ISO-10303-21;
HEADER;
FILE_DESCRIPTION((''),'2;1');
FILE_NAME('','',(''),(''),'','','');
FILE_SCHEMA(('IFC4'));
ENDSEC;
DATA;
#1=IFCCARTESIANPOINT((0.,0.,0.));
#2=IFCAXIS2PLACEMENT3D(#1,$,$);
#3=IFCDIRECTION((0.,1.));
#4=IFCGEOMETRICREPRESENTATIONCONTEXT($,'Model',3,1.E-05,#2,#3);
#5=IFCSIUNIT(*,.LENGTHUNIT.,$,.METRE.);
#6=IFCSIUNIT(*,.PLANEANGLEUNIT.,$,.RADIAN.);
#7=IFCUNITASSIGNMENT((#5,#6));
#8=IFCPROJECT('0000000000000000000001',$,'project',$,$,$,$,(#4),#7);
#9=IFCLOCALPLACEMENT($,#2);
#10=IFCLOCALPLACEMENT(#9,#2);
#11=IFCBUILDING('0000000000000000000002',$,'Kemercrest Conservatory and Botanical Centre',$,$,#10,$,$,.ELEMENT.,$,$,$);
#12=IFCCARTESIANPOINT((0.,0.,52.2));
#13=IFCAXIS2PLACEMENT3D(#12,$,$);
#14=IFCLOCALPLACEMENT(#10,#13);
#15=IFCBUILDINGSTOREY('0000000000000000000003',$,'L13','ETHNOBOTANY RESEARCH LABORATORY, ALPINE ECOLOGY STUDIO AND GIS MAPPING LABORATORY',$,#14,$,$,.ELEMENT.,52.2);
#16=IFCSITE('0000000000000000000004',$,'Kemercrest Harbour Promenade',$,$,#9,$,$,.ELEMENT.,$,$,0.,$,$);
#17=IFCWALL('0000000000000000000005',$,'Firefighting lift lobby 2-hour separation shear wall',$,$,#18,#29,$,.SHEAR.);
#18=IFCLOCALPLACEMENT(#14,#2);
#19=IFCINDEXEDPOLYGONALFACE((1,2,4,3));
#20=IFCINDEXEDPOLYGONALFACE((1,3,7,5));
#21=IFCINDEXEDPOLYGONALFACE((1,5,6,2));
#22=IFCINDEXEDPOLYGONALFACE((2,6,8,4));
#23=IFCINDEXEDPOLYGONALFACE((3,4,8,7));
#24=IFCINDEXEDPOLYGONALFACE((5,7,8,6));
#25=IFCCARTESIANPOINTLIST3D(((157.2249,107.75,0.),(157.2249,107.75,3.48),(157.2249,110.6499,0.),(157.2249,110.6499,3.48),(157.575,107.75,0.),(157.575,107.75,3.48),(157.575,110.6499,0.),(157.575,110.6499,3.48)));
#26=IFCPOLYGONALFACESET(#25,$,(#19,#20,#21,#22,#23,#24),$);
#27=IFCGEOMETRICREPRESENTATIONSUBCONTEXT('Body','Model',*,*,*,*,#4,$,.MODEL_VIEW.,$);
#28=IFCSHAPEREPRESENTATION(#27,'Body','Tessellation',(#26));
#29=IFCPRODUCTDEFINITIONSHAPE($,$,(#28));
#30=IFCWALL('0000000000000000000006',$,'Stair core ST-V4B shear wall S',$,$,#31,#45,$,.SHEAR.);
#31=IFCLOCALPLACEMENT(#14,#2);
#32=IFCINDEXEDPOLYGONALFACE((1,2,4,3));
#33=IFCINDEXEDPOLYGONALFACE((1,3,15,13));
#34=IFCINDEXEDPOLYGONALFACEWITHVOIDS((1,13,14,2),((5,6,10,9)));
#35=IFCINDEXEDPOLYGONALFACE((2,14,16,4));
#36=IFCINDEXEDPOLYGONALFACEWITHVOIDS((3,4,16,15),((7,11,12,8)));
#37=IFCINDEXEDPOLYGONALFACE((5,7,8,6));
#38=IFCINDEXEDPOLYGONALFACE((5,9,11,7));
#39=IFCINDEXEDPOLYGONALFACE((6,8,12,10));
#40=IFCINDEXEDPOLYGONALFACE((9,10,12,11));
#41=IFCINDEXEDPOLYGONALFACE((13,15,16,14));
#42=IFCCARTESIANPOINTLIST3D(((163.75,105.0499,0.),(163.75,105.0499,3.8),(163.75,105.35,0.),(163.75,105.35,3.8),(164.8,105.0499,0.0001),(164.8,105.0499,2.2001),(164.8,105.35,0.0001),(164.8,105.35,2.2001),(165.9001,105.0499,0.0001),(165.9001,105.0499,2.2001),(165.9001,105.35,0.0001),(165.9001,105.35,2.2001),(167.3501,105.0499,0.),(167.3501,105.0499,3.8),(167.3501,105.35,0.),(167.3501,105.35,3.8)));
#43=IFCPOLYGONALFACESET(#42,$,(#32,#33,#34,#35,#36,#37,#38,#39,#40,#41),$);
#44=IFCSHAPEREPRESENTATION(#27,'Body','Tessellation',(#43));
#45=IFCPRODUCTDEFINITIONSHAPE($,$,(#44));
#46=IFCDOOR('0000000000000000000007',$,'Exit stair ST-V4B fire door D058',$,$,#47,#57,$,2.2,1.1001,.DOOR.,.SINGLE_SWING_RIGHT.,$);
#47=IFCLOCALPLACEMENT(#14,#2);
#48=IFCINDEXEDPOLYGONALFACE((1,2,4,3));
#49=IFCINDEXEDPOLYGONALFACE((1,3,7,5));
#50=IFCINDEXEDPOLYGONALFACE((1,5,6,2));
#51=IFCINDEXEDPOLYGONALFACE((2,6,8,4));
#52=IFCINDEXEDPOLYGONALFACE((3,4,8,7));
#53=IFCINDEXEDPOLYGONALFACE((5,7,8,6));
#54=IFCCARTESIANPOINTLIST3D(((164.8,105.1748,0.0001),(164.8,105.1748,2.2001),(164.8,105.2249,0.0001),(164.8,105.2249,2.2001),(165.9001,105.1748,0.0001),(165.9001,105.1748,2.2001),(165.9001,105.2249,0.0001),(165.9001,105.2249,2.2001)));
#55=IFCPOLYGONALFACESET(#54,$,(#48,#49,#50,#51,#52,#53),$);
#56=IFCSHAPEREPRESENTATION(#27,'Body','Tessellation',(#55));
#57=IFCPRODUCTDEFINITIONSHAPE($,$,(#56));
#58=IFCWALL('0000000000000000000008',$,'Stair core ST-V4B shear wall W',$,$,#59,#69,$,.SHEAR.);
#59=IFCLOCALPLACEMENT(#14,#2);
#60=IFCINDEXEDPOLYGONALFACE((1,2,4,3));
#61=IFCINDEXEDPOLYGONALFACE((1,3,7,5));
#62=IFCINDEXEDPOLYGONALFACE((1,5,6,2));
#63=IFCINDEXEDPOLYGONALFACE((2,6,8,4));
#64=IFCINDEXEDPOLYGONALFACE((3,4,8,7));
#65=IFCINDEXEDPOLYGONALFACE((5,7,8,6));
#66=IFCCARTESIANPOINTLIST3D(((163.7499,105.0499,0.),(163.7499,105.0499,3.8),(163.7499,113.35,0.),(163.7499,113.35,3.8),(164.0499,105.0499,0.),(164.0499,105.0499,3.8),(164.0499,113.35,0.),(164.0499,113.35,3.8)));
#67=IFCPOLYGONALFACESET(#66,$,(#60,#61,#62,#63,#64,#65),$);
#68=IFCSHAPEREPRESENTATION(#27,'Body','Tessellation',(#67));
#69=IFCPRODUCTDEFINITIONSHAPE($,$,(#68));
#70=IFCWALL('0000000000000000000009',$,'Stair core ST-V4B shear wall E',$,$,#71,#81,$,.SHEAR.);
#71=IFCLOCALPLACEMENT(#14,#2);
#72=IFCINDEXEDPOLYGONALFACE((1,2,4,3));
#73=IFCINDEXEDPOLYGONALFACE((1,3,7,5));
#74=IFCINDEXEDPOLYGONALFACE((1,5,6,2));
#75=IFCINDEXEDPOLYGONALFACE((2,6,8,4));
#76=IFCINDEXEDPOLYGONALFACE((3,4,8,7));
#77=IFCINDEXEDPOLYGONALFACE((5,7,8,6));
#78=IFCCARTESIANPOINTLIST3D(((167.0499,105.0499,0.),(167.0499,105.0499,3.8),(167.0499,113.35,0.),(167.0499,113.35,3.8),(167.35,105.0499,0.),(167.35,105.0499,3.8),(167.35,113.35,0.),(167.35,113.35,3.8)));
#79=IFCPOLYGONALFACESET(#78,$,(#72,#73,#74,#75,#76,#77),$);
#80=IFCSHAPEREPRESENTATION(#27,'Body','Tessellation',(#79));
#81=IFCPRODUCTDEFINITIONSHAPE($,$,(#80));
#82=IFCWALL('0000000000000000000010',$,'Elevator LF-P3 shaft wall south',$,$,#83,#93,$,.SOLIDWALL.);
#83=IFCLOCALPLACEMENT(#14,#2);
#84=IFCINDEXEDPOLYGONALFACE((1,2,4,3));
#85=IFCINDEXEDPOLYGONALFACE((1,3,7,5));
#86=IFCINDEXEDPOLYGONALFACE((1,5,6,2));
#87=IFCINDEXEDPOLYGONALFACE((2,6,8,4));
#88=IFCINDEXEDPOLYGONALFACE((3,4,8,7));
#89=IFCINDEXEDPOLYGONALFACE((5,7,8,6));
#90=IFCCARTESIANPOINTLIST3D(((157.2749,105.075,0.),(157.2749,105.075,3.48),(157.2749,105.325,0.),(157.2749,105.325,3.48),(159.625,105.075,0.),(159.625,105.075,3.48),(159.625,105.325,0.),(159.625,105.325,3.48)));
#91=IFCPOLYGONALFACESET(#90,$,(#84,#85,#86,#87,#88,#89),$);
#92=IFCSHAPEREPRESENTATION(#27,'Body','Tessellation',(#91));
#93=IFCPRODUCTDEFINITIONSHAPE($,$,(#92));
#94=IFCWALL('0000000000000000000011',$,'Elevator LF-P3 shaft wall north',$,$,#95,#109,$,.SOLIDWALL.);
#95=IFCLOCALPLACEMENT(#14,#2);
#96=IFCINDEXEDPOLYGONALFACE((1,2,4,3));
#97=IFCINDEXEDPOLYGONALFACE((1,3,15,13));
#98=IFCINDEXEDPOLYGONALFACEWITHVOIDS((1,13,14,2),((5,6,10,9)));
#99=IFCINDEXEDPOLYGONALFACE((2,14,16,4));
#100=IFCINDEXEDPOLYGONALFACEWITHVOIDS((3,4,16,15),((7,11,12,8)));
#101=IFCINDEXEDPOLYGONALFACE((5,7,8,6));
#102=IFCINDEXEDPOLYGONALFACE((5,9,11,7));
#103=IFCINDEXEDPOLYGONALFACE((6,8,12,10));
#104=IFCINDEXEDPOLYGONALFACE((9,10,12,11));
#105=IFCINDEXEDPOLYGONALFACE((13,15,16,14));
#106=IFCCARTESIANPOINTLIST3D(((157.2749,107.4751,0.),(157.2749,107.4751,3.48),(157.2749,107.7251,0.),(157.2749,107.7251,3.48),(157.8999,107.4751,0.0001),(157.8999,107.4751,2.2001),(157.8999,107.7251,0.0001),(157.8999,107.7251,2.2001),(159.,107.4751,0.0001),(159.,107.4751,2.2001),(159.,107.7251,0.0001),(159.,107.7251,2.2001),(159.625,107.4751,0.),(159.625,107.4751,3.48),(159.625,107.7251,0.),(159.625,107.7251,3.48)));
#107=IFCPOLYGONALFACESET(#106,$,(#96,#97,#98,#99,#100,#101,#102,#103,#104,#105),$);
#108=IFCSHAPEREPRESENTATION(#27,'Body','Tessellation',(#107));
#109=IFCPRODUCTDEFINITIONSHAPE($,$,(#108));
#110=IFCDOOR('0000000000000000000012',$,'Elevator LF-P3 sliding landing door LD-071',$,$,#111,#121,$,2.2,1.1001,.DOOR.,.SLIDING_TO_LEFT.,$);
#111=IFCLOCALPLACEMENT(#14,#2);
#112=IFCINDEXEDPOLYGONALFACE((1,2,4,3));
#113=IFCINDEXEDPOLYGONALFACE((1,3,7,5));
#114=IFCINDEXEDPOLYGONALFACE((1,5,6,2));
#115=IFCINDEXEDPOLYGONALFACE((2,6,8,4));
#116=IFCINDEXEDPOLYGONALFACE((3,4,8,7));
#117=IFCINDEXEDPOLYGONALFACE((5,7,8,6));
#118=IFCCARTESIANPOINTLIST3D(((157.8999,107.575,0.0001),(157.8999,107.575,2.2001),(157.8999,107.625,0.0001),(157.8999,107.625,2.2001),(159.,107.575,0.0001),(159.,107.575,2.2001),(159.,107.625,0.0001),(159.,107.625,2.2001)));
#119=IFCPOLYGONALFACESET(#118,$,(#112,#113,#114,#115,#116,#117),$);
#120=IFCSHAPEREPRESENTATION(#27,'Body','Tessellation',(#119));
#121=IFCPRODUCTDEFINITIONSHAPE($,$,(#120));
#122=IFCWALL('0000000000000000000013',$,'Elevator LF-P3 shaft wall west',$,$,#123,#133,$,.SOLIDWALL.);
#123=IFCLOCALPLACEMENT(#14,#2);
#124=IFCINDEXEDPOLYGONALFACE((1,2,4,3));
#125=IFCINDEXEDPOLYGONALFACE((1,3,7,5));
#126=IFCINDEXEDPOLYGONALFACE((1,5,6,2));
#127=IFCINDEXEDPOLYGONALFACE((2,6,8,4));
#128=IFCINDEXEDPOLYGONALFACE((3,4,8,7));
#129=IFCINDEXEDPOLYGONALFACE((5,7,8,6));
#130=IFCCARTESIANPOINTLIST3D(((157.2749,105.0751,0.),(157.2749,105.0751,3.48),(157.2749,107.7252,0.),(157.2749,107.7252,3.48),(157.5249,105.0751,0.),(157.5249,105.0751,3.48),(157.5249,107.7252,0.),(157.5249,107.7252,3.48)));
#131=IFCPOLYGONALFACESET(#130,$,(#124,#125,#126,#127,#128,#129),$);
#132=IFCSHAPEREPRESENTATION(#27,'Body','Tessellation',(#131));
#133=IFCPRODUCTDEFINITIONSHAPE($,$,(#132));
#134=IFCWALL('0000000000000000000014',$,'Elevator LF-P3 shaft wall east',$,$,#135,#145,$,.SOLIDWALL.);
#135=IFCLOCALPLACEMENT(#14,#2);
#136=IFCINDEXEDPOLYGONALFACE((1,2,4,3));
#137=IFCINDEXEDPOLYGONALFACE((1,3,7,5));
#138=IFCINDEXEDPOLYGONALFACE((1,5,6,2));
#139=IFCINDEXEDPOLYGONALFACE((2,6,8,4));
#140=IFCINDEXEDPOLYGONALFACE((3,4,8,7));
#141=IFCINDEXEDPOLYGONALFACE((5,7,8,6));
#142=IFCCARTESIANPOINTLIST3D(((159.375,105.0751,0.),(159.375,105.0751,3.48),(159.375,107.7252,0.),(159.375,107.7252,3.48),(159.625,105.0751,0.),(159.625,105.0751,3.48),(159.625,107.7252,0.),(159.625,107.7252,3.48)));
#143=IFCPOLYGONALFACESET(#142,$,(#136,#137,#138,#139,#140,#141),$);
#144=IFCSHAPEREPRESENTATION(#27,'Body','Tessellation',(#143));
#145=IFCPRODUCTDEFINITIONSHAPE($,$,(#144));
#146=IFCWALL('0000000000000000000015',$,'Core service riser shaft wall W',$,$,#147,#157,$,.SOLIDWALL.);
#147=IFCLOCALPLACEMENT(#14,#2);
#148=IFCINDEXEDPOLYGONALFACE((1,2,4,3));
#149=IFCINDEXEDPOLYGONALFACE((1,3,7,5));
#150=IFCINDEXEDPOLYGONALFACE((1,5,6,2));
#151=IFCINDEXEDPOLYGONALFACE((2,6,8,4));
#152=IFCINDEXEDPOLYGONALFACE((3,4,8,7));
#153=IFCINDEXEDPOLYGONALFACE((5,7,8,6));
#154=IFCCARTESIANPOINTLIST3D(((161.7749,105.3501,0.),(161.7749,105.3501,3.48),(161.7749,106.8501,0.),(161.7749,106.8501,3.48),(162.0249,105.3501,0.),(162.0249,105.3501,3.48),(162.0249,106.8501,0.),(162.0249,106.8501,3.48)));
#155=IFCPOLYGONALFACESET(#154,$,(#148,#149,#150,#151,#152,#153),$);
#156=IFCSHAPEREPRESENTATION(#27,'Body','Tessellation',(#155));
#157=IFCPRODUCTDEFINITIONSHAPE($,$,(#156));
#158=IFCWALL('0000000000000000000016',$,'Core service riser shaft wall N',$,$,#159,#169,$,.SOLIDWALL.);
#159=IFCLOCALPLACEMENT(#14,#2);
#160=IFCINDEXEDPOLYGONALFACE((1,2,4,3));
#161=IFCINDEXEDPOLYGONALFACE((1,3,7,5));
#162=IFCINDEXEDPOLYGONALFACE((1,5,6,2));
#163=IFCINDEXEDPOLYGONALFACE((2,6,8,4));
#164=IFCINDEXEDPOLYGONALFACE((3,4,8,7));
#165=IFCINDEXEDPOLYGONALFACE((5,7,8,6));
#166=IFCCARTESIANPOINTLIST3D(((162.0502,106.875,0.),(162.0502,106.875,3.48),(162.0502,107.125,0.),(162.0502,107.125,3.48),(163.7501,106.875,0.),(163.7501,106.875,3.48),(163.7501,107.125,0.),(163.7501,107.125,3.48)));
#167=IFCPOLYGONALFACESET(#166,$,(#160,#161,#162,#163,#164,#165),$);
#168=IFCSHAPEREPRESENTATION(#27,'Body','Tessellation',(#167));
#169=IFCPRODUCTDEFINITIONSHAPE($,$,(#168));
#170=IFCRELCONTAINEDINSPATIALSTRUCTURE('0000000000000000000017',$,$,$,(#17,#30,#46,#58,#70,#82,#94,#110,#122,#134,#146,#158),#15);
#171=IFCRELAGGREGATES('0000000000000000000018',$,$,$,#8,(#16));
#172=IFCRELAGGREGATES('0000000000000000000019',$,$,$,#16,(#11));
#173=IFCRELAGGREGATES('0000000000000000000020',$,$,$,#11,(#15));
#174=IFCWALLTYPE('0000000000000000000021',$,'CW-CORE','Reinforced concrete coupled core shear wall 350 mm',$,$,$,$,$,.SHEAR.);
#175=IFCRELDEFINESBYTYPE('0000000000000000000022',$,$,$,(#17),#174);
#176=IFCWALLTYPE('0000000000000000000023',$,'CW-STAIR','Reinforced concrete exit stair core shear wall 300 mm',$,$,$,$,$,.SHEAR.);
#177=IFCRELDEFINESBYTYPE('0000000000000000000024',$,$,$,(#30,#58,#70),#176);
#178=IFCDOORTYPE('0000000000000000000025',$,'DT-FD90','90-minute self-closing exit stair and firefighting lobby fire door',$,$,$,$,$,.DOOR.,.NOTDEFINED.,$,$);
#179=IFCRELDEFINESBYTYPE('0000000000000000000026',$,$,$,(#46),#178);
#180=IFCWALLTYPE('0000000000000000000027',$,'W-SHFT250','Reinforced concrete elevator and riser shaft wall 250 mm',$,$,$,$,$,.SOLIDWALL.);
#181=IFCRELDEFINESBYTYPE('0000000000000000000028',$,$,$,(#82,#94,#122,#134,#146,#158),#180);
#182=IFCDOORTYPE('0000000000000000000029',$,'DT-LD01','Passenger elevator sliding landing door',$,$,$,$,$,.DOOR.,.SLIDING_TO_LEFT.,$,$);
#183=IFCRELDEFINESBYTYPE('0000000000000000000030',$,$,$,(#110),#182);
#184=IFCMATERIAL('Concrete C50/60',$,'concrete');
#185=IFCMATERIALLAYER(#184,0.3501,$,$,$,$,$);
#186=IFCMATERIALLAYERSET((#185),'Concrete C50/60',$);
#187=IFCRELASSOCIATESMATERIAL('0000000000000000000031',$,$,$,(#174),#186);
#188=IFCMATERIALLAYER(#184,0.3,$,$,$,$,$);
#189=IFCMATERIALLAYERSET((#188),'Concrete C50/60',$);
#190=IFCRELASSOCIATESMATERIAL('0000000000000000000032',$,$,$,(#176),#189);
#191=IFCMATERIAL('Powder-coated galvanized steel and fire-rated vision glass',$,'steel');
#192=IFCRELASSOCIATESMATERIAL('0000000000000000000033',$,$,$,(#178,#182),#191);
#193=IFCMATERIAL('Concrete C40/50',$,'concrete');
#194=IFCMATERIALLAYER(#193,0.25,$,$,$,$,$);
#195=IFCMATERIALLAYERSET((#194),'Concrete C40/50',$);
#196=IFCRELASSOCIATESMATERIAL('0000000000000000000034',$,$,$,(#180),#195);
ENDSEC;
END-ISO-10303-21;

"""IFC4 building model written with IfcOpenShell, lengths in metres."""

from ifc_helpers import new_model, si_unit, direction, frame, frame_2d, origin, place, context, subcontext, project, spatial, rectangle, extrude, material, layer, layer_set, type_object, element, fill, save


model = new_model("IFC4")

# Units and contexts
model_context = context("Model", 3, precision=1e-05, world=origin(), true_north=direction((0.0, 1.0)))
body_context = subcontext(model_context, "Body", "Model", "MODEL_VIEW")
ifc_project = project(units=[si_unit("LENGTHUNIT", "METRE"), si_unit("PLANEANGLEUNIT", "RADIAN")], contexts=[model_context])

# Site, building, storey
site_placement = place(None, origin())
site = spatial("IfcSite", under=ifc_project, at=site_placement, Name="Kemercrest Harbour Promenade", CompositionType="ELEMENT", RefElevation=0.0)
building_placement = place(site_placement, origin())
building = spatial("IfcBuilding", under=site, at=building_placement, Name="Kemercrest Conservatory and Botanical Centre", CompositionType="ELEMENT")
storey_placement = place(building_placement, frame((0.0, 0.0, 52.2)))
storey = spatial("IfcBuildingStorey", under=building, at=storey_placement, Name="L13", Description="ETHNOBOTANY RESEARCH LABORATORY, ALPINE ECOLOGY STUDIO AND GIS MAPPING LABORATORY", CompositionType="ELEMENT", Elevation=52.2)

# Wall
ifc_material_1 = material(Name="Concrete C50/60", Category="concrete")
ifc_layer_1 = layer(ifc_material_1, 0.3501)
ifc_layer_set_1 = layer_set([ifc_layer_1], Name="Concrete C50/60")
wall_type_1 = type_object("IfcWallType", Name="CW-CORE", Description="Reinforced concrete coupled core shear wall 350 mm", PredefinedType="SHEAR", material=ifc_layer_set_1)
wall_1_placement = place(storey_placement, frame((157.3999, 107.75, 0.0), z_axis=(0.0, 0.0, 1.0), x_axis=(0.0, 1.0, 0.0)))
element("IfcWall", 1, at=wall_1_placement, inside=storey, type_object=wall_type_1, Name="Firefighting lift lobby 2-hour separation shear wall", PredefinedType="SHEAR", context=body_context, shape_type="SweptSolid", body=[
    extrude(rectangle(XDim=2.8999, YDim=0.3501, at=frame_2d((1.45, 0.0))), origin(), (0.0, 0.0, 1.0), 3.48),
])

# Wall, opening, door
ifc_layer_2 = layer(ifc_material_1, 0.3)
ifc_layer_set_2 = layer_set([ifc_layer_2], Name="Concrete C50/60")
wall_type_2 = type_object("IfcWallType", Name="CW-STAIR", Description="Reinforced concrete exit stair core shear wall 300 mm", PredefinedType="SHEAR", material=ifc_layer_set_2)
wall_2_placement = place(storey_placement, frame((163.75, 105.2, 0.0), z_axis=(0.0, 0.0, 1.0), x_axis=(1.0, 0.0, 0.0)))
wall_2 = element("IfcWall", 2, at=wall_2_placement, inside=storey, type_object=wall_type_2, Name="Stair core ST-V4B shear wall S", PredefinedType="SHEAR", context=body_context, shape_type="SweptSolid", body=[
    extrude(rectangle(XDim=3.6001, YDim=0.3, at=frame_2d((1.8, 0.0))), origin(), (0.0, 0.0, 1.0), 3.8),
])
opening_1_placement = place(wall_2_placement, frame((1.05, 0.0, 0.0)))
opening_1 = element("IfcOpeningElement", 3, at=opening_1_placement, cuts=wall_2, PredefinedType="OPENING", context=body_context, shape_type="SweptSolid", body=[
    extrude(rectangle(XDim=1.1001, YDim=2.2, at=frame_2d((0.55, 1.1001))), frame((0.0, 0.1602, 0.0), z_axis=(0.0, -1.0, 0.0), x_axis=(1.0, 0.0, 0.0)), (0.0, 0.0, 1.0), 0.3201),
])
ifc_material_2 = material(Name="Powder-coated galvanized steel and fire-rated vision glass", Category="steel")
door_type_1 = type_object("IfcDoorType", Name="DT-FD90", Description="90-minute self-closing exit stair and firefighting lobby fire door", OperationType="NOTDEFINED", PredefinedType="DOOR", material=ifc_material_2)
door_1_placement = place(opening_1_placement, origin())
door_1 = element("IfcDoor", 4, at=door_1_placement, inside=storey, type_object=door_type_1, Name="Exit stair ST-V4B fire door D058", OperationType="SINGLE_SWING_RIGHT", OverallHeight=2.2, OverallWidth=1.1001, PredefinedType="DOOR", context=body_context, shape_type="SweptSolid", body=[
    extrude(rectangle(XDim=1.1001, YDim=2.2, at=frame_2d((0.55, 1.1001))), frame((0.0, 0.0249, 0.0), z_axis=(0.0, -1.0, 0.0), x_axis=(1.0, 0.0, 0.0)), (0.0, 0.0, 1.0), 0.05),
])
fill(opening_1, door_1)

# Walls
for number, where, z_axis, x_axis, name in (
    (5, (163.8999, 105.05, 0.0), (0.0, 0.0, 1.0), (0.0, 1.0, 0.0), "Stair core ST-V4B shear wall W"),
    (6, (167.2, 105.05, 0.0), (0.0, 0.0, 1.0), (0.0, 1.0, 0.0), "Stair core ST-V4B shear wall E"),
):
    element("IfcWall", number, at=place(storey_placement, frame(where, z_axis=z_axis, x_axis=x_axis)), inside=storey, type_object=wall_type_2, Name=name, PredefinedType="SHEAR", context=body_context, shape_type="SweptSolid", body=[
        extrude(rectangle(XDim=8.3, YDim=0.3, at=frame_2d((4.1499, 0.0))), origin(), (0.0, 0.0, 1.0), 3.8),
    ])
ifc_material_3 = material(Name="Concrete C40/50", Category="concrete")
ifc_layer_3 = layer(ifc_material_3, 0.25)
ifc_layer_set_3 = layer_set([ifc_layer_3], Name="Concrete C40/50")
wall_type_3 = type_object("IfcWallType", Name="W-SHFT250", Description="Reinforced concrete elevator and riser shaft wall 250 mm", PredefinedType="SOLIDWALL", material=ifc_layer_set_3)
wall_3_placement = place(storey_placement, frame((157.2749, 105.2, 0.0), z_axis=(0.0, 0.0, 1.0), x_axis=(1.0, 0.0, 0.0)))
element("IfcWall", 7, at=wall_3_placement, inside=storey, type_object=wall_type_3, Name="Elevator LF-P3 shaft wall south", PredefinedType="SOLIDWALL", context=body_context, shape_type="SweptSolid", body=[
    extrude(rectangle(XDim=2.3501, YDim=0.25, at=frame_2d((1.175, 0.0))), origin(), (0.0, 0.0, 1.0), 3.48),
])

# Wall, opening, door
wall_4_placement = place(storey_placement, frame((157.2749, 107.6001, 0.0), z_axis=(0.0, 0.0, 1.0), x_axis=(1.0, 0.0, 0.0)))
wall_4 = element("IfcWall", 8, at=wall_4_placement, inside=storey, type_object=wall_type_3, Name="Elevator LF-P3 shaft wall north", PredefinedType="SOLIDWALL", context=body_context, shape_type="SweptSolid", body=[
    extrude(rectangle(XDim=2.3501, YDim=0.25, at=frame_2d((1.175, 0.0))), origin(), (0.0, 0.0, 1.0), 3.48),
])
opening_2_placement = place(wall_4_placement, frame((0.625, 0.0, 0.0)))
opening_2 = element("IfcOpeningElement", 9, at=opening_2_placement, cuts=wall_4, PredefinedType="OPENING", context=body_context, shape_type="SweptSolid", body=[
    extrude(rectangle(XDim=1.1001, YDim=2.2, at=frame_2d((0.55, 1.1001))), frame((0.0, 0.135, 0.0), z_axis=(0.0, -1.0, 0.0), x_axis=(1.0, 0.0, 0.0)), (0.0, 0.0, 1.0), 0.27),
])
door_type_2 = type_object("IfcDoorType", Name="DT-LD01", Description="Passenger elevator sliding landing door", OperationType="SLIDING_TO_LEFT", PredefinedType="DOOR", material=ifc_material_2)
door_2_placement = place(opening_2_placement, origin())
door_2 = element("IfcDoor", 10, at=door_2_placement, inside=storey, type_object=door_type_2, Name="Elevator LF-P3 sliding landing door LD-071", OperationType="SLIDING_TO_LEFT", OverallHeight=2.2, OverallWidth=1.1001, PredefinedType="DOOR", context=body_context, shape_type="SweptSolid", body=[
    extrude(rectangle(XDim=1.1001, YDim=2.2, at=frame_2d((0.55, 1.1001))), frame((0.0, 0.0249, 0.0), z_axis=(0.0, -1.0, 0.0), x_axis=(1.0, 0.0, 0.0)), (0.0, 0.0, 1.0), 0.05),
])
fill(opening_2, door_2)

# Walls
for number, where, z_axis, x_axis, name in (
    (11, (157.3999, 105.075, 0.0), (0.0, 0.0, 1.0), (0.0, 1.0, 0.0), "Elevator LF-P3 shaft wall west"),
    (12, (159.5, 105.075, 0.0), (0.0, 0.0, 1.0), (0.0, 1.0, 0.0), "Elevator LF-P3 shaft wall east"),
):
    element("IfcWall", number, at=place(storey_placement, frame(where, z_axis=z_axis, x_axis=x_axis)), inside=storey, type_object=wall_type_3, Name=name, PredefinedType="SOLIDWALL", context=body_context, shape_type="SweptSolid", body=[
        extrude(rectangle(XDim=2.6501, YDim=0.25, at=frame_2d((1.3252, 0.0))), origin(), (0.0, 0.0, 1.0), 3.48),
    ])
wall_5_placement = place(storey_placement, frame((161.8999, 105.3501, 0.0), z_axis=(0.0, 0.0, 1.0), x_axis=(0.0, 1.0, 0.0)))
element("IfcWall", 13, at=wall_5_placement, inside=storey, type_object=wall_type_3, Name="Core service riser shaft wall W", PredefinedType="SOLIDWALL", context=body_context, shape_type="SweptSolid", body=[
    extrude(rectangle(XDim=1.5, YDim=0.25, at=frame_2d((0.75, 0.0))), origin(), (0.0, 0.0, 1.0), 3.48),
])
wall_6_placement = place(storey_placement, frame((162.05, 107.0, 0.0), z_axis=(0.0, 0.0, 1.0), x_axis=(1.0, 0.0, 0.0)))
element("IfcWall", 14, at=wall_6_placement, inside=storey, type_object=wall_type_3, Name="Core service riser shaft wall N", PredefinedType="SOLIDWALL", context=body_context, shape_type="SweptSolid", body=[
    extrude(rectangle(XDim=1.7, YDim=0.25, at=frame_2d((0.8501, 0.0))), origin(), (0.0, 0.0, 1.0), 3.48),
])

save(model, "model.ifc")
